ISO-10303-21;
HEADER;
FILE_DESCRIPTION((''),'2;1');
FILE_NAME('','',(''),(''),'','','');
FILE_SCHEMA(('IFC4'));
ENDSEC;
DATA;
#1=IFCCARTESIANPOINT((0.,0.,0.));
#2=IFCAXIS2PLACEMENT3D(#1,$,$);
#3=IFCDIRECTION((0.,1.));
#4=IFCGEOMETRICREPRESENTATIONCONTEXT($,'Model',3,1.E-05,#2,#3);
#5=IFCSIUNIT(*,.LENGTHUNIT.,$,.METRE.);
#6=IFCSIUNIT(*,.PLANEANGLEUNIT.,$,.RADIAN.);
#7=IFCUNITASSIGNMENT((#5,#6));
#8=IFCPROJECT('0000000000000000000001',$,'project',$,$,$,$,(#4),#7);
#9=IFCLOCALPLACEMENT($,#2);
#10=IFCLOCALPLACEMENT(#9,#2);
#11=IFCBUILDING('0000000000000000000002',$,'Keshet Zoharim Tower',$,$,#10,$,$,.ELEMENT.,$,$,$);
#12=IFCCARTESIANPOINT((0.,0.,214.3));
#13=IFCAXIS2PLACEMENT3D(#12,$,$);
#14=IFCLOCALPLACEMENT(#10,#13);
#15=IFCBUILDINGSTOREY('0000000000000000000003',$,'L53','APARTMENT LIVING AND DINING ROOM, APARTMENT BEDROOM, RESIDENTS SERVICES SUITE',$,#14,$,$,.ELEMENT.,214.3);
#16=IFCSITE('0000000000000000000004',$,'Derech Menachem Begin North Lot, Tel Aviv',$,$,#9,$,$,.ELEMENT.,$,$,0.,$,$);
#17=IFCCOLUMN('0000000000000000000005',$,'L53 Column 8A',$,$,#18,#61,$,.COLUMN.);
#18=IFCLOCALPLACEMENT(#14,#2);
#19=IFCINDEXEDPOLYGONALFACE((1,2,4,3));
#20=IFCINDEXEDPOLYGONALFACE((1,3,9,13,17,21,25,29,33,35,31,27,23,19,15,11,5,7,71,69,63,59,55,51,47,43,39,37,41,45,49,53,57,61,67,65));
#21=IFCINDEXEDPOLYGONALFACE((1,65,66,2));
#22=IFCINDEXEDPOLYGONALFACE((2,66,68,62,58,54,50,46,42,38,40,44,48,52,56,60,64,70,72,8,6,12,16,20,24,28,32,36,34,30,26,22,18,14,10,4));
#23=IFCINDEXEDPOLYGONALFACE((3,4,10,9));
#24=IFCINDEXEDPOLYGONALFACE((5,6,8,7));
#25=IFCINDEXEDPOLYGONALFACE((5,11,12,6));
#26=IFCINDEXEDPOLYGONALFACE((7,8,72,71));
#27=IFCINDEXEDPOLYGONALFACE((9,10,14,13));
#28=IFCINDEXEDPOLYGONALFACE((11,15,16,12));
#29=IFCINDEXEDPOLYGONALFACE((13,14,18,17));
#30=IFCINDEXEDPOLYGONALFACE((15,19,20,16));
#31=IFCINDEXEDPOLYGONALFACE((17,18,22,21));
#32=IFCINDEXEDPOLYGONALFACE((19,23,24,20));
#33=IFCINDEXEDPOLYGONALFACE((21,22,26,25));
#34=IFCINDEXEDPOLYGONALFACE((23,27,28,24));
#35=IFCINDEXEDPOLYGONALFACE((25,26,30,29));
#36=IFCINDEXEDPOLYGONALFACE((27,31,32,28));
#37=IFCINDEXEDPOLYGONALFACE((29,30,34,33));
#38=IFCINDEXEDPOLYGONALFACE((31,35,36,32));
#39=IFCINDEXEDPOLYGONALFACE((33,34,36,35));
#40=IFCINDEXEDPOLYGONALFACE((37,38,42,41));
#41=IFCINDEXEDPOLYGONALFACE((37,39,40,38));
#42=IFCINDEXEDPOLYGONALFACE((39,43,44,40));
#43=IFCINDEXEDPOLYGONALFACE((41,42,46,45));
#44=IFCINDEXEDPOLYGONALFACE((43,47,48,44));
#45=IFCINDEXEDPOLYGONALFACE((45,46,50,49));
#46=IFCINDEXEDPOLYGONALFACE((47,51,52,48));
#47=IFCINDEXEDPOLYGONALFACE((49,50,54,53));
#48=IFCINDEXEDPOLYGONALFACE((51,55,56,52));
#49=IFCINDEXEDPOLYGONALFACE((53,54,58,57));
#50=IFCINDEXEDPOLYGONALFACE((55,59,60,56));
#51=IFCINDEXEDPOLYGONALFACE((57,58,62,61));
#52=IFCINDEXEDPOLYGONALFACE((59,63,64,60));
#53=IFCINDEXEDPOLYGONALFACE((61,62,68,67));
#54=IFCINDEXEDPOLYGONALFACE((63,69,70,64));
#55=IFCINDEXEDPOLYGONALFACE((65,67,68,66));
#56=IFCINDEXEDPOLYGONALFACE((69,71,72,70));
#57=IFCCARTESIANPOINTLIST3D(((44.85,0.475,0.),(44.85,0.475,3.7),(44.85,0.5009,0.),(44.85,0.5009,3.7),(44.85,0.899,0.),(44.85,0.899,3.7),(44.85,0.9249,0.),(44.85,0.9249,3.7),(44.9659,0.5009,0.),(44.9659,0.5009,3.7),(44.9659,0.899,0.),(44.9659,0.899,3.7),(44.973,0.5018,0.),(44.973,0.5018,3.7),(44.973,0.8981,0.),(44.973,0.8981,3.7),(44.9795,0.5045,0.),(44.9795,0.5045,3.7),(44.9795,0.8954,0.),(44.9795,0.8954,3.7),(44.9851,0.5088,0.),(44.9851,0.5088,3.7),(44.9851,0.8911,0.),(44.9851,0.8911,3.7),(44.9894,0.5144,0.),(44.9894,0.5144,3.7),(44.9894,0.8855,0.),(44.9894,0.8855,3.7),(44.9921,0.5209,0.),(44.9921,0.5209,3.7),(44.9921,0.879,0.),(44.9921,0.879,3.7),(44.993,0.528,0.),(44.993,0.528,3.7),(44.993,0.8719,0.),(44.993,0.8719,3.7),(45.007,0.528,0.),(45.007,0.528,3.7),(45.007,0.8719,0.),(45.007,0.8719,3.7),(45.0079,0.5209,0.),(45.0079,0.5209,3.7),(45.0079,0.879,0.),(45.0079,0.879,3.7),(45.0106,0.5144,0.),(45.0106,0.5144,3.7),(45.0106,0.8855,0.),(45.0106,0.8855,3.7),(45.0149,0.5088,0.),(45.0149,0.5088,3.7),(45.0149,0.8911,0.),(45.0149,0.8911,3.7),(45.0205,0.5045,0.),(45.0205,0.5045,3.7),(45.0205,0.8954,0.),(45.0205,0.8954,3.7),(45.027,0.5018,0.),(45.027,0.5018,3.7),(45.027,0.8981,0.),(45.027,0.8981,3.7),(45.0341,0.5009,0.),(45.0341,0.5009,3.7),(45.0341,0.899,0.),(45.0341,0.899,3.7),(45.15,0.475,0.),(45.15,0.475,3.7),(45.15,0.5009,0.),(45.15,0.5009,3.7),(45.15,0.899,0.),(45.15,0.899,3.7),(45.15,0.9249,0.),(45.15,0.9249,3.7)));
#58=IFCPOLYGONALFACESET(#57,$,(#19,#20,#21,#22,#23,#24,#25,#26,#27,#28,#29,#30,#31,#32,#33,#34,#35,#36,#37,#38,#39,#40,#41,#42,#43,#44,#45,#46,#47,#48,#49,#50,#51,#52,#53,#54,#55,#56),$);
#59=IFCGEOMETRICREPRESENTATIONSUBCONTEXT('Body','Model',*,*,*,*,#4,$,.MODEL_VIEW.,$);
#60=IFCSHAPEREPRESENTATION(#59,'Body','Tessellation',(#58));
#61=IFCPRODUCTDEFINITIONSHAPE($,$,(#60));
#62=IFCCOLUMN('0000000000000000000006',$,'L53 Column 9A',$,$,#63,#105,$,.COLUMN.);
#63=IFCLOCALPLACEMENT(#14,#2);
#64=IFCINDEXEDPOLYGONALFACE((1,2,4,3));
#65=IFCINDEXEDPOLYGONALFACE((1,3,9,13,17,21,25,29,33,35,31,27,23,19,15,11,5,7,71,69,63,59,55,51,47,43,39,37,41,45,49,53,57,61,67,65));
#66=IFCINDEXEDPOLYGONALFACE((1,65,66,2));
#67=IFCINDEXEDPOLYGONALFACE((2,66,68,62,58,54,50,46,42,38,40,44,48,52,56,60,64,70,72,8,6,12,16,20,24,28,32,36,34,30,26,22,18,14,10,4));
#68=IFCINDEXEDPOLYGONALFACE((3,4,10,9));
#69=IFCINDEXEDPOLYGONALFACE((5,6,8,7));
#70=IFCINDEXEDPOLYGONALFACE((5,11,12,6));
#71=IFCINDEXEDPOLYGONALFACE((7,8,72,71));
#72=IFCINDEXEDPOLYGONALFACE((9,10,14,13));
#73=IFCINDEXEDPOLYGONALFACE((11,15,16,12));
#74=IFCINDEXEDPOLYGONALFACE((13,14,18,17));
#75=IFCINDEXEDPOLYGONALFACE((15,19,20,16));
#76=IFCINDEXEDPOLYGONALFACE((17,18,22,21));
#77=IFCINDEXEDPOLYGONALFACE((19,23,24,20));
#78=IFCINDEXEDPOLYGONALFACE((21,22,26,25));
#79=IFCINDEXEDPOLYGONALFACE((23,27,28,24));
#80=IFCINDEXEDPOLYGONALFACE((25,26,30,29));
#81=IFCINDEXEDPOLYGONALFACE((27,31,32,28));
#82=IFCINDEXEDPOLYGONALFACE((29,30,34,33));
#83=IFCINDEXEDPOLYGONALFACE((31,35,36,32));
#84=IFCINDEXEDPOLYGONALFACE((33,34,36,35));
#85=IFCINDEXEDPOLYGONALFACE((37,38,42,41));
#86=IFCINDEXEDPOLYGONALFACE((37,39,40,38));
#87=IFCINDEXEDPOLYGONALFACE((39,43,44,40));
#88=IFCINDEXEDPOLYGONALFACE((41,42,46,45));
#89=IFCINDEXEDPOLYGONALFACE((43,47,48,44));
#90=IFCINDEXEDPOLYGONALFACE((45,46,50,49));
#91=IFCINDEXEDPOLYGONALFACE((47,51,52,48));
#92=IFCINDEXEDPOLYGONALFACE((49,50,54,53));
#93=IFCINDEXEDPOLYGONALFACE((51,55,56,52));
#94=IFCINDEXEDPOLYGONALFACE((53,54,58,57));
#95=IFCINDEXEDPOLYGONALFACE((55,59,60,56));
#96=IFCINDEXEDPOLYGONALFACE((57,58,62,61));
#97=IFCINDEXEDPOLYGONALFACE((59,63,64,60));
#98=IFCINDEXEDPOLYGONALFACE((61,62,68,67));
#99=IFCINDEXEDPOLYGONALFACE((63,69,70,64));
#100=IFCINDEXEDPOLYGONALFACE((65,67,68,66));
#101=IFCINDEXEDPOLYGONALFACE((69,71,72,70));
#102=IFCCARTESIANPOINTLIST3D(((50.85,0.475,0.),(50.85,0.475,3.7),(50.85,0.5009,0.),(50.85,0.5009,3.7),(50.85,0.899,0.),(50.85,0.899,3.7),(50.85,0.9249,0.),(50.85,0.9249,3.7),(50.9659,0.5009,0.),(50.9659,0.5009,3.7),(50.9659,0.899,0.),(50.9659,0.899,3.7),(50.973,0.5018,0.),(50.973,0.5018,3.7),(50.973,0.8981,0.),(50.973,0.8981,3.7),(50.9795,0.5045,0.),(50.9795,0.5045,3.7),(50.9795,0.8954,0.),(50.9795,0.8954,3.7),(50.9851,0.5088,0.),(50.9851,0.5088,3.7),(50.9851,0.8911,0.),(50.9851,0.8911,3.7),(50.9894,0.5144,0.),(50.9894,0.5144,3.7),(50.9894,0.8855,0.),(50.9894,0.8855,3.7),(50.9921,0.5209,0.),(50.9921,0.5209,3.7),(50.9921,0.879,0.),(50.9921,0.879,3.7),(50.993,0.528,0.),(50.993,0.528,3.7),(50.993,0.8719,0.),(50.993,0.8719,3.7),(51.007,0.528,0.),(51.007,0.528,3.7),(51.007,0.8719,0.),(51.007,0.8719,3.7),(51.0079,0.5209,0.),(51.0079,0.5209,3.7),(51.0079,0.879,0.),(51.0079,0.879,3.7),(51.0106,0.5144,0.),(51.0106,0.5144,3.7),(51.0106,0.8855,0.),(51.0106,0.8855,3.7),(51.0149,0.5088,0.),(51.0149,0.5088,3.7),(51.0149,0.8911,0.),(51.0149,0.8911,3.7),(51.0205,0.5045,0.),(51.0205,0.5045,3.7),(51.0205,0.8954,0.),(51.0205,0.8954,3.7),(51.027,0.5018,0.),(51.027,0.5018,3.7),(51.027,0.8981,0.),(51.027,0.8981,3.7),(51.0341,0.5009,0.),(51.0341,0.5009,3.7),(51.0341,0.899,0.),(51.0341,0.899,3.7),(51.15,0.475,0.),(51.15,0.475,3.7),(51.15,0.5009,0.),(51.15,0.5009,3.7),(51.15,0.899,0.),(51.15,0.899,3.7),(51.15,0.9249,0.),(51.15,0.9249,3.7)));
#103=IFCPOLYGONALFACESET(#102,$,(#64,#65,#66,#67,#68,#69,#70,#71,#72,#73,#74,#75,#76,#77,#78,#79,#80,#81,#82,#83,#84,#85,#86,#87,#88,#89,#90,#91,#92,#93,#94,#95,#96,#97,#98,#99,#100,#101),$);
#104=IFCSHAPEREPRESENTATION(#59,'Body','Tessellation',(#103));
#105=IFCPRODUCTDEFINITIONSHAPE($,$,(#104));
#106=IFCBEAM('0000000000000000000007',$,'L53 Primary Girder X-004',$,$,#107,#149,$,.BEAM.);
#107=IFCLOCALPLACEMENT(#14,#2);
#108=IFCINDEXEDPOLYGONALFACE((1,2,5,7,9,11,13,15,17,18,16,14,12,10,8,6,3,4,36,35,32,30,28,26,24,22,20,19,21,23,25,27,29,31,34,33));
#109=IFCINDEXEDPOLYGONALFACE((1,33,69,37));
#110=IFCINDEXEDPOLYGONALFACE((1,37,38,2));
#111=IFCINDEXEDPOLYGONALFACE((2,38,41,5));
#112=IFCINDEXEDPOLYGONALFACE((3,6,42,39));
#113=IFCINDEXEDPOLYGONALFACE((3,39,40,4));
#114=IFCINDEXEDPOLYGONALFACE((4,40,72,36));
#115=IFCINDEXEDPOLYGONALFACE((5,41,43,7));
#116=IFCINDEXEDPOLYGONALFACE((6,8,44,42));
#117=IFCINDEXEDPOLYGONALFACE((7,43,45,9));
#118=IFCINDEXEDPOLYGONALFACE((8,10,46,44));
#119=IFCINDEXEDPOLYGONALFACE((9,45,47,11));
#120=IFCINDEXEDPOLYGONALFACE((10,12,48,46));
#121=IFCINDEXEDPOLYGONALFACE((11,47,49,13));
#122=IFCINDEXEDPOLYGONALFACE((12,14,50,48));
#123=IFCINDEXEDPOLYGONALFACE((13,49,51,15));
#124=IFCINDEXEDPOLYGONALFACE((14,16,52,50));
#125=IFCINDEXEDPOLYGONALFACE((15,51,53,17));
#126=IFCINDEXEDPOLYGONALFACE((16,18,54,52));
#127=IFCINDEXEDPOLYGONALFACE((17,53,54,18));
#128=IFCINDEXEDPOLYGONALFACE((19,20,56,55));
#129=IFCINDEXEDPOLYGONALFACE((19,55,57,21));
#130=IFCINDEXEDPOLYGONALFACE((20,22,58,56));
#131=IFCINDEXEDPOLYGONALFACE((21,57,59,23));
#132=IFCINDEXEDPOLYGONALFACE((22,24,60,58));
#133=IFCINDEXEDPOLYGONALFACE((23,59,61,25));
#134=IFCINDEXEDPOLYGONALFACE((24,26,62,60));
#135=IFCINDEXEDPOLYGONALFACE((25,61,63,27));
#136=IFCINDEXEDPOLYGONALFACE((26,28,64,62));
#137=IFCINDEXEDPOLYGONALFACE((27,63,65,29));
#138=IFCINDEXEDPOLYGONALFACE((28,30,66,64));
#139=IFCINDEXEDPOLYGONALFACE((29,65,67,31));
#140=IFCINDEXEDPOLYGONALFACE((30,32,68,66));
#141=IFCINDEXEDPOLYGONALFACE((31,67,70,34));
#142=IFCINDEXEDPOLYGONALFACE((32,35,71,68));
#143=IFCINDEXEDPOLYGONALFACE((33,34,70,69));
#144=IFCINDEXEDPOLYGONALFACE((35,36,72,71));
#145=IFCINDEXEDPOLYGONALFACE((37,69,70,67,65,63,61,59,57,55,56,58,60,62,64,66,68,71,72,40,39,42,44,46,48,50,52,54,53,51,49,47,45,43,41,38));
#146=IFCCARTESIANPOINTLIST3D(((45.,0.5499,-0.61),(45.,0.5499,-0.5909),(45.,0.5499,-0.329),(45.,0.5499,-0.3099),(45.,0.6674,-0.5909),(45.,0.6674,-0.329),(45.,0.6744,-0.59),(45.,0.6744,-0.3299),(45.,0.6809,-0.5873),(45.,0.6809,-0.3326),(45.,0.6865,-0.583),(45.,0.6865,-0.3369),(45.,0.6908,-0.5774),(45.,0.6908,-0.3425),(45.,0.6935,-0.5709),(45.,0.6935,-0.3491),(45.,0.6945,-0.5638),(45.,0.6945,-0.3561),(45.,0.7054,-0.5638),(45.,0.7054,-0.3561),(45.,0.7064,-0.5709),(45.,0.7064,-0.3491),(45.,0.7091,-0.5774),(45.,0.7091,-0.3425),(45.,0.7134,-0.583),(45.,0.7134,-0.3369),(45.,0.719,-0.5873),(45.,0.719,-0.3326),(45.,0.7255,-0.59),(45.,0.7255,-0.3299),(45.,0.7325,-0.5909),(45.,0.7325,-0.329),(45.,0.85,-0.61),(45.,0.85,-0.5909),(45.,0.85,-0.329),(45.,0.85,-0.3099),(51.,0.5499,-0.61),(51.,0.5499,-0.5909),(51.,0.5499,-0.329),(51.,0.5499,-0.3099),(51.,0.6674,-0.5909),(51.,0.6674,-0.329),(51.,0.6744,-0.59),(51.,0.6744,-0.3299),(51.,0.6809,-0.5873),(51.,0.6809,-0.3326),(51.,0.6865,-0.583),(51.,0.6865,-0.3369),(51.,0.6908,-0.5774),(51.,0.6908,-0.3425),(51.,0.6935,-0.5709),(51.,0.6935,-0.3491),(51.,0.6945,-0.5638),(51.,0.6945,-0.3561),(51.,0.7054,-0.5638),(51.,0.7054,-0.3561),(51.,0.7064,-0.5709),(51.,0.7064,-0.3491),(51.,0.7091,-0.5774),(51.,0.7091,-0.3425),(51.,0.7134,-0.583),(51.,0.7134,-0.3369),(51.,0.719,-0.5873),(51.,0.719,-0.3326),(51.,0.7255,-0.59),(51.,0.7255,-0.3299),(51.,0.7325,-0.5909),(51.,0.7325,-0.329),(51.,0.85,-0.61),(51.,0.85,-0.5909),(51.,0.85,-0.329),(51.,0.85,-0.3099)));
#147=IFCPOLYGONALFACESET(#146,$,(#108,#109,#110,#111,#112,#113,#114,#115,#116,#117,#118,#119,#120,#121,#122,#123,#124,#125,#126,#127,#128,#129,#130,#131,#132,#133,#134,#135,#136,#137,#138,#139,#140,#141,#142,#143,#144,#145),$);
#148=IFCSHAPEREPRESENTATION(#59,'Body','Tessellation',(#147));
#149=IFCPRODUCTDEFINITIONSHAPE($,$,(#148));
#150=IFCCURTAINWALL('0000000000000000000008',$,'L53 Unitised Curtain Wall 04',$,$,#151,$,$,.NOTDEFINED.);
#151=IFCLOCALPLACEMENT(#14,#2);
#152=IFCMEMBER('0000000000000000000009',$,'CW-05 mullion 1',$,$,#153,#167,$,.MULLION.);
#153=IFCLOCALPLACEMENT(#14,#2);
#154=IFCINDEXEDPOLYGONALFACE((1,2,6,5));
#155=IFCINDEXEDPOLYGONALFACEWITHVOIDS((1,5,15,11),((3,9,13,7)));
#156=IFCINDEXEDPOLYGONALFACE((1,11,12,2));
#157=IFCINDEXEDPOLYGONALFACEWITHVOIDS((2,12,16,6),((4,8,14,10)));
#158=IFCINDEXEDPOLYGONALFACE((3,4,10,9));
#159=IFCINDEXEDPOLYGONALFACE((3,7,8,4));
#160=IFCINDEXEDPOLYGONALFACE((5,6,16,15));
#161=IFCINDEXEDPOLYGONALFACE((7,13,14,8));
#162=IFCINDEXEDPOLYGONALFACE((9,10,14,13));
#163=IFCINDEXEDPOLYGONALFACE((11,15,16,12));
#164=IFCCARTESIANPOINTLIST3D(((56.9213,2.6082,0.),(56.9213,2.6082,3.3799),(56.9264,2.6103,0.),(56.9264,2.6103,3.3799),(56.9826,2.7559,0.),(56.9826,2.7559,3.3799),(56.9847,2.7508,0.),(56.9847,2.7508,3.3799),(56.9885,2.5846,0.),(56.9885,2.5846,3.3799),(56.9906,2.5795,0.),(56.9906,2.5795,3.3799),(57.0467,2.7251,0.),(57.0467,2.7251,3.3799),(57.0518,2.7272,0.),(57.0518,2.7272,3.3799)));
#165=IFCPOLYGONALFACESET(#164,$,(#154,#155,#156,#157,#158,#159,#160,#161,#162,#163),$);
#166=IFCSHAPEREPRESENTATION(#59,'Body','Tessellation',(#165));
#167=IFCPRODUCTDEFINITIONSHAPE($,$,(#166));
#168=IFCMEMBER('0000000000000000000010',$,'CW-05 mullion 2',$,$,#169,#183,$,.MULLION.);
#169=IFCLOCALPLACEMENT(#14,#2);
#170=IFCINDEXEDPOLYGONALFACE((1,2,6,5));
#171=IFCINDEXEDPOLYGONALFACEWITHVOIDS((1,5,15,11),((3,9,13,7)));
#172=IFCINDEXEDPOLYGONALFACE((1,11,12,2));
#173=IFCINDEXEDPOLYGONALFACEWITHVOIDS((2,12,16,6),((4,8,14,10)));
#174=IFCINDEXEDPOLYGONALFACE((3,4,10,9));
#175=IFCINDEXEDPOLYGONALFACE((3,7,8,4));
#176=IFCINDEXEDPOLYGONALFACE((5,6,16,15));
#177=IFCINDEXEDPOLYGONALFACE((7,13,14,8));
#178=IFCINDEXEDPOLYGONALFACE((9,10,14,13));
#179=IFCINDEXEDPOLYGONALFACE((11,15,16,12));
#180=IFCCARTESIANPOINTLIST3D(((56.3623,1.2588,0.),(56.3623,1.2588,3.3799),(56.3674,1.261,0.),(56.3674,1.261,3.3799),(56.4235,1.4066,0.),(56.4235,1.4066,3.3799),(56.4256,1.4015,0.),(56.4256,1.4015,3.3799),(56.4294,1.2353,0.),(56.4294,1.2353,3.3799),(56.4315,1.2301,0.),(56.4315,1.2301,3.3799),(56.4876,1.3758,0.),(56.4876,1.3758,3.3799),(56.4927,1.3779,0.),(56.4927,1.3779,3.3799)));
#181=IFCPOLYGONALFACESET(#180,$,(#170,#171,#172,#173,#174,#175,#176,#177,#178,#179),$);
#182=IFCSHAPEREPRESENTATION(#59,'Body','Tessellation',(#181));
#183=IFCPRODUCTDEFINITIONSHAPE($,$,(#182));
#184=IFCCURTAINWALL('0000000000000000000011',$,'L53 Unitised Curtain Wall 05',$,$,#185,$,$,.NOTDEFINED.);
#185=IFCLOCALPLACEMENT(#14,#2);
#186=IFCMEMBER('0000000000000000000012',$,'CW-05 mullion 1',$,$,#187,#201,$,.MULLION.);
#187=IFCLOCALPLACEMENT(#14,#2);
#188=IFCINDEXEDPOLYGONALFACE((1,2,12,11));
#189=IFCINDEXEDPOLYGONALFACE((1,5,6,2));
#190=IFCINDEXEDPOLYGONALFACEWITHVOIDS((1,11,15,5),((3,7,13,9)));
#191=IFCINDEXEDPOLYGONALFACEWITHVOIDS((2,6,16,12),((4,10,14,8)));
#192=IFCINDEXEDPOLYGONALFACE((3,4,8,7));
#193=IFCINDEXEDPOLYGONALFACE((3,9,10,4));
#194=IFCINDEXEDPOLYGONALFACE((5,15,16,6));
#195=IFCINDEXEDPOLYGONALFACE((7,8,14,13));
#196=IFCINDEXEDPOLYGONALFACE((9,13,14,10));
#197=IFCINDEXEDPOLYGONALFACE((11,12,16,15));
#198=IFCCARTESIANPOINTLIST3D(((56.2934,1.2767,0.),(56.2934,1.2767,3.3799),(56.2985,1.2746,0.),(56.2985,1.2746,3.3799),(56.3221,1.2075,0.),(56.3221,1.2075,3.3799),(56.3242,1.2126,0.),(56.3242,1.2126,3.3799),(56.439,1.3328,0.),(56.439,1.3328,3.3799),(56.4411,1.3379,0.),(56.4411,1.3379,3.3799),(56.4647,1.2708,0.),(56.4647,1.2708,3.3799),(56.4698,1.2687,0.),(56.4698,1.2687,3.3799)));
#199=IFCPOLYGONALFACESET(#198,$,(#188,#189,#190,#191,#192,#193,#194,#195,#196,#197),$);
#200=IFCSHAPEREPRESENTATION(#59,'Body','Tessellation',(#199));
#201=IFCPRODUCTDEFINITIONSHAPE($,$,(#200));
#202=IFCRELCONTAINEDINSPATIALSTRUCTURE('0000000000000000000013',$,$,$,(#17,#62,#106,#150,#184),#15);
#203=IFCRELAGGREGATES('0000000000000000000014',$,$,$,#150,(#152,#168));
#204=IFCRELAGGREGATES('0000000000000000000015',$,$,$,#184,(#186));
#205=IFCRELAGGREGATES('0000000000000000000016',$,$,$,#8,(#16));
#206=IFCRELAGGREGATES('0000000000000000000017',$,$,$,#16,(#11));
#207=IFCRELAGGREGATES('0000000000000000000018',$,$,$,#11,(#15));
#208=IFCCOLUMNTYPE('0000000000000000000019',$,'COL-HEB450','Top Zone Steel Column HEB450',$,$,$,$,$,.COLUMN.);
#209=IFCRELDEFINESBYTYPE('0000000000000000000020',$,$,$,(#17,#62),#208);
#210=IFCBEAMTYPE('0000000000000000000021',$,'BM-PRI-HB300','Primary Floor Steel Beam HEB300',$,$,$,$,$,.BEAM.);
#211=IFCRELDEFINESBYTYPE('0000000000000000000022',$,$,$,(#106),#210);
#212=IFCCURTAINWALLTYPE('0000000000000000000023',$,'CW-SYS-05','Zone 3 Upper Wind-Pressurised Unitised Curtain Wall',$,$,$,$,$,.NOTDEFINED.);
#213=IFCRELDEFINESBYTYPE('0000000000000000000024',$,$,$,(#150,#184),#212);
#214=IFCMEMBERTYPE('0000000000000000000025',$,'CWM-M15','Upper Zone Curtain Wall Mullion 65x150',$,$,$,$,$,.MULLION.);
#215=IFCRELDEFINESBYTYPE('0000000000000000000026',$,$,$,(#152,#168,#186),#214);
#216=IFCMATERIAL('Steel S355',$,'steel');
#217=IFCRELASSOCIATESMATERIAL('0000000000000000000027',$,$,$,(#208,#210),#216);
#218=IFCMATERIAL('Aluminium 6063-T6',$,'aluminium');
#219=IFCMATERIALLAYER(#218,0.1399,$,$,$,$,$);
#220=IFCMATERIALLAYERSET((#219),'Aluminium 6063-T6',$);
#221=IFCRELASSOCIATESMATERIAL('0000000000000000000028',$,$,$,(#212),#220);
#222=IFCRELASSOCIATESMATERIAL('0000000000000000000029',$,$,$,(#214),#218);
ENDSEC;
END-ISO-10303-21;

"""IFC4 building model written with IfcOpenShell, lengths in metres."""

from ifc_helpers import new_model, si_unit, direction, frame, origin, origin_2d, place, context, subcontext, project, spatial, hollow_rectangle, i_section, extrude, material, layer, layer_set, material_profile, profile_set, type_object, element, aggregate, save


model = new_model("IFC4")

# Units and contexts
model_context = context("Model", 3, precision=1e-05, world=origin(), true_north=direction((0.0, 1.0)))
body_context = subcontext(model_context, "Body", "Model", "MODEL_VIEW")
ifc_project = project(units=[si_unit("LENGTHUNIT", "METRE"), si_unit("PLANEANGLEUNIT", "RADIAN")], contexts=[model_context])

# Site, building, storey
site_placement = place(None, origin())
site = spatial("IfcSite", under=ifc_project, at=site_placement, Name="Derech Menachem Begin North Lot, Tel Aviv", CompositionType="ELEMENT", RefElevation=0.0)
building_placement = place(site_placement, origin())
building = spatial("IfcBuilding", under=site, at=building_placement, Name="Keshet Zoharim Tower", CompositionType="ELEMENT")
storey_placement = place(building_placement, frame((0.0, 0.0, 214.3)))
storey = spatial("IfcBuildingStorey", under=building, at=storey_placement, Name="L53", Description="APARTMENT LIVING AND DINING ROOM, APARTMENT BEDROOM, RESIDENTS SERVICES SUITE", CompositionType="ELEMENT", Elevation=214.3)

# Columns
ifc_material_1 = material(Name="Steel S355", Category="steel")
ifc_material_profile_1 = material_profile(ifc_material_1, i_section(OverallWidth=0.3, OverallDepth=0.45, WebThickness=0.0139, FlangeThickness=0.0259, FilletRadius=0.0271, at=origin_2d()), Name="HEB450")
ifc_profile_set_1 = profile_set([ifc_material_profile_1], Name="Steel S355")
column_type = type_object("IfcColumnType", Name="COL-HEB450", Description="Top Zone Steel Column HEB450", PredefinedType="COLUMN", material=ifc_profile_set_1)
for number, where, z_axis, x_axis, name in (
    (1, (45.0, 0.7, 0.0), (0.0, 0.0, 1.0), (1.0, 0.0, 0.0), "L53 Column 8A"),
    (2, (51.0, 0.7, 0.0), (0.0, 0.0, 1.0), (1.0, 0.0, 0.0), "L53 Column 9A"),
):
    element("IfcColumn", number, at=place(storey_placement, frame(where, z_axis=z_axis, x_axis=x_axis)), inside=storey, type_object=column_type, Name=name, PredefinedType="COLUMN", context=body_context, shape_type="SweptSolid", body=[
        extrude(i_section(OverallWidth=0.3, OverallDepth=0.45, WebThickness=0.0139, FlangeThickness=0.0259, FilletRadius=0.0271, at=origin_2d()), origin(), (0.0, 0.0, 1.0), 3.7),
    ])

# Beam
ifc_material_profile_2 = material_profile(ifc_material_1, i_section(OverallWidth=0.3, OverallDepth=0.3, WebThickness=0.011, FlangeThickness=0.019, FilletRadius=0.0271, at=origin_2d()), Name="HEB300")
ifc_profile_set_2 = profile_set([ifc_material_profile_2], Name="Steel S355")
beam_type = type_object("IfcBeamType", Name="BM-PRI-HB300", Description="Primary Floor Steel Beam HEB300", PredefinedType="BEAM", material=ifc_profile_set_2)
beam_placement = place(storey_placement, frame((45.0, 0.7, -0.46), z_axis=(1.0, 0.0, 0.0), x_axis=(0.0, 1.0, 0.0)))
element("IfcBeam", 3, at=beam_placement, inside=storey, type_object=beam_type, Name="L53 Primary Girder X-004", PredefinedType="BEAM", context=body_context, shape_type="SweptSolid", body=[
    extrude(i_section(OverallWidth=0.3, OverallDepth=0.3, WebThickness=0.011, FlangeThickness=0.019, FilletRadius=0.0271, at=origin_2d()), origin(), (0.0, 0.0, 1.0), 6.0),
])

# Curtain walls, members
ifc_material_2 = material(Name="Aluminium 6063-T6", Category="aluminium")
ifc_layer_1 = layer(ifc_material_2, 0.1399)
ifc_layer_set_1 = layer_set([ifc_layer_1], Name="Aluminium 6063-T6")
curtain_wall_type = type_object("IfcCurtainWallType", Name="CW-SYS-05", Description="Zone 3 Upper Wind-Pressurised Unitised Curtain Wall", PredefinedType="NOTDEFINED", material=ifc_layer_set_1)
curtain_wall_1_placement = place(storey_placement, origin())
curtain_wall_1 = element("IfcCurtainWall", 4, at=curtain_wall_1_placement, inside=storey, type_object=curtain_wall_type, Name="L53 Unitised Curtain Wall 04", PredefinedType="NOTDEFINED")
ifc_material_profile_3 = material_profile(ifc_material_2, hollow_rectangle(XDim=0.075, YDim=0.1599, WallThickness=0.0039, at=origin_2d()), Name="MUL-75x160")
ifc_profile_set_3 = profile_set([ifc_material_profile_3], Name="Aluminium 6063-T6")
member_type_1 = type_object("IfcMemberType", Name="CWM-M15", Description="Upper Zone Curtain Wall Mullion 65x150", PredefinedType="MULLION", material=ifc_profile_set_3)
member_1_placement = place(storey_placement, frame((56.9866, 2.6677, 0.0), z_axis=(0.0, 0.0, 1.0), x_axis=(0.92381, -0.382852, 0.0)))
member_1 = element("IfcMember", 5, at=member_1_placement, type_object=member_type_1, Name="CW-05 mullion 1", PredefinedType="MULLION", context=body_context, shape_type="SweptSolid", body=[
    extrude(hollow_rectangle(XDim=0.075, YDim=0.1599, WallThickness=0.0039, at=origin_2d()), origin(), (0.0, 0.0, 1.0), 3.3799),
])
member_2_placement = place(storey_placement, frame((56.4275, 1.3184, 0.0), z_axis=(0.0, 0.0, 1.0), x_axis=(0.92381, -0.382852, 0.0)))
member_2 = element("IfcMember", 6, at=member_2_placement, type_object=member_type_1, Name="CW-05 mullion 2", PredefinedType="MULLION", context=body_context, shape_type="SweptSolid", body=[
    extrude(hollow_rectangle(XDim=0.075, YDim=0.1599, WallThickness=0.0039, at=origin_2d()), origin(), (0.0, 0.0, 1.0), 3.3799),
])
curtain_wall_2_placement = place(storey_placement, origin())
curtain_wall_2 = element("IfcCurtainWall", 7, at=curtain_wall_2_placement, inside=storey, type_object=curtain_wall_type, Name="L53 Unitised Curtain Wall 05", PredefinedType="NOTDEFINED")
member_3_placement = place(storey_placement, frame((56.3816, 1.2727, 0.0), z_axis=(0.0, 0.0, 1.0), x_axis=(0.382852, -0.92381, 0.0)))
member_3 = element("IfcMember", 8, at=member_3_placement, type_object=member_type_1, Name="CW-05 mullion 1", PredefinedType="MULLION", context=body_context, shape_type="SweptSolid", body=[
    extrude(hollow_rectangle(XDim=0.075, YDim=0.1599, WallThickness=0.0039, at=origin_2d()), origin(), (0.0, 0.0, 1.0), 3.3799),
])

aggregate(curtain_wall_1, [member_1, member_2])
aggregate(curtain_wall_2, [member_3])

save(model, "model.ifc")
